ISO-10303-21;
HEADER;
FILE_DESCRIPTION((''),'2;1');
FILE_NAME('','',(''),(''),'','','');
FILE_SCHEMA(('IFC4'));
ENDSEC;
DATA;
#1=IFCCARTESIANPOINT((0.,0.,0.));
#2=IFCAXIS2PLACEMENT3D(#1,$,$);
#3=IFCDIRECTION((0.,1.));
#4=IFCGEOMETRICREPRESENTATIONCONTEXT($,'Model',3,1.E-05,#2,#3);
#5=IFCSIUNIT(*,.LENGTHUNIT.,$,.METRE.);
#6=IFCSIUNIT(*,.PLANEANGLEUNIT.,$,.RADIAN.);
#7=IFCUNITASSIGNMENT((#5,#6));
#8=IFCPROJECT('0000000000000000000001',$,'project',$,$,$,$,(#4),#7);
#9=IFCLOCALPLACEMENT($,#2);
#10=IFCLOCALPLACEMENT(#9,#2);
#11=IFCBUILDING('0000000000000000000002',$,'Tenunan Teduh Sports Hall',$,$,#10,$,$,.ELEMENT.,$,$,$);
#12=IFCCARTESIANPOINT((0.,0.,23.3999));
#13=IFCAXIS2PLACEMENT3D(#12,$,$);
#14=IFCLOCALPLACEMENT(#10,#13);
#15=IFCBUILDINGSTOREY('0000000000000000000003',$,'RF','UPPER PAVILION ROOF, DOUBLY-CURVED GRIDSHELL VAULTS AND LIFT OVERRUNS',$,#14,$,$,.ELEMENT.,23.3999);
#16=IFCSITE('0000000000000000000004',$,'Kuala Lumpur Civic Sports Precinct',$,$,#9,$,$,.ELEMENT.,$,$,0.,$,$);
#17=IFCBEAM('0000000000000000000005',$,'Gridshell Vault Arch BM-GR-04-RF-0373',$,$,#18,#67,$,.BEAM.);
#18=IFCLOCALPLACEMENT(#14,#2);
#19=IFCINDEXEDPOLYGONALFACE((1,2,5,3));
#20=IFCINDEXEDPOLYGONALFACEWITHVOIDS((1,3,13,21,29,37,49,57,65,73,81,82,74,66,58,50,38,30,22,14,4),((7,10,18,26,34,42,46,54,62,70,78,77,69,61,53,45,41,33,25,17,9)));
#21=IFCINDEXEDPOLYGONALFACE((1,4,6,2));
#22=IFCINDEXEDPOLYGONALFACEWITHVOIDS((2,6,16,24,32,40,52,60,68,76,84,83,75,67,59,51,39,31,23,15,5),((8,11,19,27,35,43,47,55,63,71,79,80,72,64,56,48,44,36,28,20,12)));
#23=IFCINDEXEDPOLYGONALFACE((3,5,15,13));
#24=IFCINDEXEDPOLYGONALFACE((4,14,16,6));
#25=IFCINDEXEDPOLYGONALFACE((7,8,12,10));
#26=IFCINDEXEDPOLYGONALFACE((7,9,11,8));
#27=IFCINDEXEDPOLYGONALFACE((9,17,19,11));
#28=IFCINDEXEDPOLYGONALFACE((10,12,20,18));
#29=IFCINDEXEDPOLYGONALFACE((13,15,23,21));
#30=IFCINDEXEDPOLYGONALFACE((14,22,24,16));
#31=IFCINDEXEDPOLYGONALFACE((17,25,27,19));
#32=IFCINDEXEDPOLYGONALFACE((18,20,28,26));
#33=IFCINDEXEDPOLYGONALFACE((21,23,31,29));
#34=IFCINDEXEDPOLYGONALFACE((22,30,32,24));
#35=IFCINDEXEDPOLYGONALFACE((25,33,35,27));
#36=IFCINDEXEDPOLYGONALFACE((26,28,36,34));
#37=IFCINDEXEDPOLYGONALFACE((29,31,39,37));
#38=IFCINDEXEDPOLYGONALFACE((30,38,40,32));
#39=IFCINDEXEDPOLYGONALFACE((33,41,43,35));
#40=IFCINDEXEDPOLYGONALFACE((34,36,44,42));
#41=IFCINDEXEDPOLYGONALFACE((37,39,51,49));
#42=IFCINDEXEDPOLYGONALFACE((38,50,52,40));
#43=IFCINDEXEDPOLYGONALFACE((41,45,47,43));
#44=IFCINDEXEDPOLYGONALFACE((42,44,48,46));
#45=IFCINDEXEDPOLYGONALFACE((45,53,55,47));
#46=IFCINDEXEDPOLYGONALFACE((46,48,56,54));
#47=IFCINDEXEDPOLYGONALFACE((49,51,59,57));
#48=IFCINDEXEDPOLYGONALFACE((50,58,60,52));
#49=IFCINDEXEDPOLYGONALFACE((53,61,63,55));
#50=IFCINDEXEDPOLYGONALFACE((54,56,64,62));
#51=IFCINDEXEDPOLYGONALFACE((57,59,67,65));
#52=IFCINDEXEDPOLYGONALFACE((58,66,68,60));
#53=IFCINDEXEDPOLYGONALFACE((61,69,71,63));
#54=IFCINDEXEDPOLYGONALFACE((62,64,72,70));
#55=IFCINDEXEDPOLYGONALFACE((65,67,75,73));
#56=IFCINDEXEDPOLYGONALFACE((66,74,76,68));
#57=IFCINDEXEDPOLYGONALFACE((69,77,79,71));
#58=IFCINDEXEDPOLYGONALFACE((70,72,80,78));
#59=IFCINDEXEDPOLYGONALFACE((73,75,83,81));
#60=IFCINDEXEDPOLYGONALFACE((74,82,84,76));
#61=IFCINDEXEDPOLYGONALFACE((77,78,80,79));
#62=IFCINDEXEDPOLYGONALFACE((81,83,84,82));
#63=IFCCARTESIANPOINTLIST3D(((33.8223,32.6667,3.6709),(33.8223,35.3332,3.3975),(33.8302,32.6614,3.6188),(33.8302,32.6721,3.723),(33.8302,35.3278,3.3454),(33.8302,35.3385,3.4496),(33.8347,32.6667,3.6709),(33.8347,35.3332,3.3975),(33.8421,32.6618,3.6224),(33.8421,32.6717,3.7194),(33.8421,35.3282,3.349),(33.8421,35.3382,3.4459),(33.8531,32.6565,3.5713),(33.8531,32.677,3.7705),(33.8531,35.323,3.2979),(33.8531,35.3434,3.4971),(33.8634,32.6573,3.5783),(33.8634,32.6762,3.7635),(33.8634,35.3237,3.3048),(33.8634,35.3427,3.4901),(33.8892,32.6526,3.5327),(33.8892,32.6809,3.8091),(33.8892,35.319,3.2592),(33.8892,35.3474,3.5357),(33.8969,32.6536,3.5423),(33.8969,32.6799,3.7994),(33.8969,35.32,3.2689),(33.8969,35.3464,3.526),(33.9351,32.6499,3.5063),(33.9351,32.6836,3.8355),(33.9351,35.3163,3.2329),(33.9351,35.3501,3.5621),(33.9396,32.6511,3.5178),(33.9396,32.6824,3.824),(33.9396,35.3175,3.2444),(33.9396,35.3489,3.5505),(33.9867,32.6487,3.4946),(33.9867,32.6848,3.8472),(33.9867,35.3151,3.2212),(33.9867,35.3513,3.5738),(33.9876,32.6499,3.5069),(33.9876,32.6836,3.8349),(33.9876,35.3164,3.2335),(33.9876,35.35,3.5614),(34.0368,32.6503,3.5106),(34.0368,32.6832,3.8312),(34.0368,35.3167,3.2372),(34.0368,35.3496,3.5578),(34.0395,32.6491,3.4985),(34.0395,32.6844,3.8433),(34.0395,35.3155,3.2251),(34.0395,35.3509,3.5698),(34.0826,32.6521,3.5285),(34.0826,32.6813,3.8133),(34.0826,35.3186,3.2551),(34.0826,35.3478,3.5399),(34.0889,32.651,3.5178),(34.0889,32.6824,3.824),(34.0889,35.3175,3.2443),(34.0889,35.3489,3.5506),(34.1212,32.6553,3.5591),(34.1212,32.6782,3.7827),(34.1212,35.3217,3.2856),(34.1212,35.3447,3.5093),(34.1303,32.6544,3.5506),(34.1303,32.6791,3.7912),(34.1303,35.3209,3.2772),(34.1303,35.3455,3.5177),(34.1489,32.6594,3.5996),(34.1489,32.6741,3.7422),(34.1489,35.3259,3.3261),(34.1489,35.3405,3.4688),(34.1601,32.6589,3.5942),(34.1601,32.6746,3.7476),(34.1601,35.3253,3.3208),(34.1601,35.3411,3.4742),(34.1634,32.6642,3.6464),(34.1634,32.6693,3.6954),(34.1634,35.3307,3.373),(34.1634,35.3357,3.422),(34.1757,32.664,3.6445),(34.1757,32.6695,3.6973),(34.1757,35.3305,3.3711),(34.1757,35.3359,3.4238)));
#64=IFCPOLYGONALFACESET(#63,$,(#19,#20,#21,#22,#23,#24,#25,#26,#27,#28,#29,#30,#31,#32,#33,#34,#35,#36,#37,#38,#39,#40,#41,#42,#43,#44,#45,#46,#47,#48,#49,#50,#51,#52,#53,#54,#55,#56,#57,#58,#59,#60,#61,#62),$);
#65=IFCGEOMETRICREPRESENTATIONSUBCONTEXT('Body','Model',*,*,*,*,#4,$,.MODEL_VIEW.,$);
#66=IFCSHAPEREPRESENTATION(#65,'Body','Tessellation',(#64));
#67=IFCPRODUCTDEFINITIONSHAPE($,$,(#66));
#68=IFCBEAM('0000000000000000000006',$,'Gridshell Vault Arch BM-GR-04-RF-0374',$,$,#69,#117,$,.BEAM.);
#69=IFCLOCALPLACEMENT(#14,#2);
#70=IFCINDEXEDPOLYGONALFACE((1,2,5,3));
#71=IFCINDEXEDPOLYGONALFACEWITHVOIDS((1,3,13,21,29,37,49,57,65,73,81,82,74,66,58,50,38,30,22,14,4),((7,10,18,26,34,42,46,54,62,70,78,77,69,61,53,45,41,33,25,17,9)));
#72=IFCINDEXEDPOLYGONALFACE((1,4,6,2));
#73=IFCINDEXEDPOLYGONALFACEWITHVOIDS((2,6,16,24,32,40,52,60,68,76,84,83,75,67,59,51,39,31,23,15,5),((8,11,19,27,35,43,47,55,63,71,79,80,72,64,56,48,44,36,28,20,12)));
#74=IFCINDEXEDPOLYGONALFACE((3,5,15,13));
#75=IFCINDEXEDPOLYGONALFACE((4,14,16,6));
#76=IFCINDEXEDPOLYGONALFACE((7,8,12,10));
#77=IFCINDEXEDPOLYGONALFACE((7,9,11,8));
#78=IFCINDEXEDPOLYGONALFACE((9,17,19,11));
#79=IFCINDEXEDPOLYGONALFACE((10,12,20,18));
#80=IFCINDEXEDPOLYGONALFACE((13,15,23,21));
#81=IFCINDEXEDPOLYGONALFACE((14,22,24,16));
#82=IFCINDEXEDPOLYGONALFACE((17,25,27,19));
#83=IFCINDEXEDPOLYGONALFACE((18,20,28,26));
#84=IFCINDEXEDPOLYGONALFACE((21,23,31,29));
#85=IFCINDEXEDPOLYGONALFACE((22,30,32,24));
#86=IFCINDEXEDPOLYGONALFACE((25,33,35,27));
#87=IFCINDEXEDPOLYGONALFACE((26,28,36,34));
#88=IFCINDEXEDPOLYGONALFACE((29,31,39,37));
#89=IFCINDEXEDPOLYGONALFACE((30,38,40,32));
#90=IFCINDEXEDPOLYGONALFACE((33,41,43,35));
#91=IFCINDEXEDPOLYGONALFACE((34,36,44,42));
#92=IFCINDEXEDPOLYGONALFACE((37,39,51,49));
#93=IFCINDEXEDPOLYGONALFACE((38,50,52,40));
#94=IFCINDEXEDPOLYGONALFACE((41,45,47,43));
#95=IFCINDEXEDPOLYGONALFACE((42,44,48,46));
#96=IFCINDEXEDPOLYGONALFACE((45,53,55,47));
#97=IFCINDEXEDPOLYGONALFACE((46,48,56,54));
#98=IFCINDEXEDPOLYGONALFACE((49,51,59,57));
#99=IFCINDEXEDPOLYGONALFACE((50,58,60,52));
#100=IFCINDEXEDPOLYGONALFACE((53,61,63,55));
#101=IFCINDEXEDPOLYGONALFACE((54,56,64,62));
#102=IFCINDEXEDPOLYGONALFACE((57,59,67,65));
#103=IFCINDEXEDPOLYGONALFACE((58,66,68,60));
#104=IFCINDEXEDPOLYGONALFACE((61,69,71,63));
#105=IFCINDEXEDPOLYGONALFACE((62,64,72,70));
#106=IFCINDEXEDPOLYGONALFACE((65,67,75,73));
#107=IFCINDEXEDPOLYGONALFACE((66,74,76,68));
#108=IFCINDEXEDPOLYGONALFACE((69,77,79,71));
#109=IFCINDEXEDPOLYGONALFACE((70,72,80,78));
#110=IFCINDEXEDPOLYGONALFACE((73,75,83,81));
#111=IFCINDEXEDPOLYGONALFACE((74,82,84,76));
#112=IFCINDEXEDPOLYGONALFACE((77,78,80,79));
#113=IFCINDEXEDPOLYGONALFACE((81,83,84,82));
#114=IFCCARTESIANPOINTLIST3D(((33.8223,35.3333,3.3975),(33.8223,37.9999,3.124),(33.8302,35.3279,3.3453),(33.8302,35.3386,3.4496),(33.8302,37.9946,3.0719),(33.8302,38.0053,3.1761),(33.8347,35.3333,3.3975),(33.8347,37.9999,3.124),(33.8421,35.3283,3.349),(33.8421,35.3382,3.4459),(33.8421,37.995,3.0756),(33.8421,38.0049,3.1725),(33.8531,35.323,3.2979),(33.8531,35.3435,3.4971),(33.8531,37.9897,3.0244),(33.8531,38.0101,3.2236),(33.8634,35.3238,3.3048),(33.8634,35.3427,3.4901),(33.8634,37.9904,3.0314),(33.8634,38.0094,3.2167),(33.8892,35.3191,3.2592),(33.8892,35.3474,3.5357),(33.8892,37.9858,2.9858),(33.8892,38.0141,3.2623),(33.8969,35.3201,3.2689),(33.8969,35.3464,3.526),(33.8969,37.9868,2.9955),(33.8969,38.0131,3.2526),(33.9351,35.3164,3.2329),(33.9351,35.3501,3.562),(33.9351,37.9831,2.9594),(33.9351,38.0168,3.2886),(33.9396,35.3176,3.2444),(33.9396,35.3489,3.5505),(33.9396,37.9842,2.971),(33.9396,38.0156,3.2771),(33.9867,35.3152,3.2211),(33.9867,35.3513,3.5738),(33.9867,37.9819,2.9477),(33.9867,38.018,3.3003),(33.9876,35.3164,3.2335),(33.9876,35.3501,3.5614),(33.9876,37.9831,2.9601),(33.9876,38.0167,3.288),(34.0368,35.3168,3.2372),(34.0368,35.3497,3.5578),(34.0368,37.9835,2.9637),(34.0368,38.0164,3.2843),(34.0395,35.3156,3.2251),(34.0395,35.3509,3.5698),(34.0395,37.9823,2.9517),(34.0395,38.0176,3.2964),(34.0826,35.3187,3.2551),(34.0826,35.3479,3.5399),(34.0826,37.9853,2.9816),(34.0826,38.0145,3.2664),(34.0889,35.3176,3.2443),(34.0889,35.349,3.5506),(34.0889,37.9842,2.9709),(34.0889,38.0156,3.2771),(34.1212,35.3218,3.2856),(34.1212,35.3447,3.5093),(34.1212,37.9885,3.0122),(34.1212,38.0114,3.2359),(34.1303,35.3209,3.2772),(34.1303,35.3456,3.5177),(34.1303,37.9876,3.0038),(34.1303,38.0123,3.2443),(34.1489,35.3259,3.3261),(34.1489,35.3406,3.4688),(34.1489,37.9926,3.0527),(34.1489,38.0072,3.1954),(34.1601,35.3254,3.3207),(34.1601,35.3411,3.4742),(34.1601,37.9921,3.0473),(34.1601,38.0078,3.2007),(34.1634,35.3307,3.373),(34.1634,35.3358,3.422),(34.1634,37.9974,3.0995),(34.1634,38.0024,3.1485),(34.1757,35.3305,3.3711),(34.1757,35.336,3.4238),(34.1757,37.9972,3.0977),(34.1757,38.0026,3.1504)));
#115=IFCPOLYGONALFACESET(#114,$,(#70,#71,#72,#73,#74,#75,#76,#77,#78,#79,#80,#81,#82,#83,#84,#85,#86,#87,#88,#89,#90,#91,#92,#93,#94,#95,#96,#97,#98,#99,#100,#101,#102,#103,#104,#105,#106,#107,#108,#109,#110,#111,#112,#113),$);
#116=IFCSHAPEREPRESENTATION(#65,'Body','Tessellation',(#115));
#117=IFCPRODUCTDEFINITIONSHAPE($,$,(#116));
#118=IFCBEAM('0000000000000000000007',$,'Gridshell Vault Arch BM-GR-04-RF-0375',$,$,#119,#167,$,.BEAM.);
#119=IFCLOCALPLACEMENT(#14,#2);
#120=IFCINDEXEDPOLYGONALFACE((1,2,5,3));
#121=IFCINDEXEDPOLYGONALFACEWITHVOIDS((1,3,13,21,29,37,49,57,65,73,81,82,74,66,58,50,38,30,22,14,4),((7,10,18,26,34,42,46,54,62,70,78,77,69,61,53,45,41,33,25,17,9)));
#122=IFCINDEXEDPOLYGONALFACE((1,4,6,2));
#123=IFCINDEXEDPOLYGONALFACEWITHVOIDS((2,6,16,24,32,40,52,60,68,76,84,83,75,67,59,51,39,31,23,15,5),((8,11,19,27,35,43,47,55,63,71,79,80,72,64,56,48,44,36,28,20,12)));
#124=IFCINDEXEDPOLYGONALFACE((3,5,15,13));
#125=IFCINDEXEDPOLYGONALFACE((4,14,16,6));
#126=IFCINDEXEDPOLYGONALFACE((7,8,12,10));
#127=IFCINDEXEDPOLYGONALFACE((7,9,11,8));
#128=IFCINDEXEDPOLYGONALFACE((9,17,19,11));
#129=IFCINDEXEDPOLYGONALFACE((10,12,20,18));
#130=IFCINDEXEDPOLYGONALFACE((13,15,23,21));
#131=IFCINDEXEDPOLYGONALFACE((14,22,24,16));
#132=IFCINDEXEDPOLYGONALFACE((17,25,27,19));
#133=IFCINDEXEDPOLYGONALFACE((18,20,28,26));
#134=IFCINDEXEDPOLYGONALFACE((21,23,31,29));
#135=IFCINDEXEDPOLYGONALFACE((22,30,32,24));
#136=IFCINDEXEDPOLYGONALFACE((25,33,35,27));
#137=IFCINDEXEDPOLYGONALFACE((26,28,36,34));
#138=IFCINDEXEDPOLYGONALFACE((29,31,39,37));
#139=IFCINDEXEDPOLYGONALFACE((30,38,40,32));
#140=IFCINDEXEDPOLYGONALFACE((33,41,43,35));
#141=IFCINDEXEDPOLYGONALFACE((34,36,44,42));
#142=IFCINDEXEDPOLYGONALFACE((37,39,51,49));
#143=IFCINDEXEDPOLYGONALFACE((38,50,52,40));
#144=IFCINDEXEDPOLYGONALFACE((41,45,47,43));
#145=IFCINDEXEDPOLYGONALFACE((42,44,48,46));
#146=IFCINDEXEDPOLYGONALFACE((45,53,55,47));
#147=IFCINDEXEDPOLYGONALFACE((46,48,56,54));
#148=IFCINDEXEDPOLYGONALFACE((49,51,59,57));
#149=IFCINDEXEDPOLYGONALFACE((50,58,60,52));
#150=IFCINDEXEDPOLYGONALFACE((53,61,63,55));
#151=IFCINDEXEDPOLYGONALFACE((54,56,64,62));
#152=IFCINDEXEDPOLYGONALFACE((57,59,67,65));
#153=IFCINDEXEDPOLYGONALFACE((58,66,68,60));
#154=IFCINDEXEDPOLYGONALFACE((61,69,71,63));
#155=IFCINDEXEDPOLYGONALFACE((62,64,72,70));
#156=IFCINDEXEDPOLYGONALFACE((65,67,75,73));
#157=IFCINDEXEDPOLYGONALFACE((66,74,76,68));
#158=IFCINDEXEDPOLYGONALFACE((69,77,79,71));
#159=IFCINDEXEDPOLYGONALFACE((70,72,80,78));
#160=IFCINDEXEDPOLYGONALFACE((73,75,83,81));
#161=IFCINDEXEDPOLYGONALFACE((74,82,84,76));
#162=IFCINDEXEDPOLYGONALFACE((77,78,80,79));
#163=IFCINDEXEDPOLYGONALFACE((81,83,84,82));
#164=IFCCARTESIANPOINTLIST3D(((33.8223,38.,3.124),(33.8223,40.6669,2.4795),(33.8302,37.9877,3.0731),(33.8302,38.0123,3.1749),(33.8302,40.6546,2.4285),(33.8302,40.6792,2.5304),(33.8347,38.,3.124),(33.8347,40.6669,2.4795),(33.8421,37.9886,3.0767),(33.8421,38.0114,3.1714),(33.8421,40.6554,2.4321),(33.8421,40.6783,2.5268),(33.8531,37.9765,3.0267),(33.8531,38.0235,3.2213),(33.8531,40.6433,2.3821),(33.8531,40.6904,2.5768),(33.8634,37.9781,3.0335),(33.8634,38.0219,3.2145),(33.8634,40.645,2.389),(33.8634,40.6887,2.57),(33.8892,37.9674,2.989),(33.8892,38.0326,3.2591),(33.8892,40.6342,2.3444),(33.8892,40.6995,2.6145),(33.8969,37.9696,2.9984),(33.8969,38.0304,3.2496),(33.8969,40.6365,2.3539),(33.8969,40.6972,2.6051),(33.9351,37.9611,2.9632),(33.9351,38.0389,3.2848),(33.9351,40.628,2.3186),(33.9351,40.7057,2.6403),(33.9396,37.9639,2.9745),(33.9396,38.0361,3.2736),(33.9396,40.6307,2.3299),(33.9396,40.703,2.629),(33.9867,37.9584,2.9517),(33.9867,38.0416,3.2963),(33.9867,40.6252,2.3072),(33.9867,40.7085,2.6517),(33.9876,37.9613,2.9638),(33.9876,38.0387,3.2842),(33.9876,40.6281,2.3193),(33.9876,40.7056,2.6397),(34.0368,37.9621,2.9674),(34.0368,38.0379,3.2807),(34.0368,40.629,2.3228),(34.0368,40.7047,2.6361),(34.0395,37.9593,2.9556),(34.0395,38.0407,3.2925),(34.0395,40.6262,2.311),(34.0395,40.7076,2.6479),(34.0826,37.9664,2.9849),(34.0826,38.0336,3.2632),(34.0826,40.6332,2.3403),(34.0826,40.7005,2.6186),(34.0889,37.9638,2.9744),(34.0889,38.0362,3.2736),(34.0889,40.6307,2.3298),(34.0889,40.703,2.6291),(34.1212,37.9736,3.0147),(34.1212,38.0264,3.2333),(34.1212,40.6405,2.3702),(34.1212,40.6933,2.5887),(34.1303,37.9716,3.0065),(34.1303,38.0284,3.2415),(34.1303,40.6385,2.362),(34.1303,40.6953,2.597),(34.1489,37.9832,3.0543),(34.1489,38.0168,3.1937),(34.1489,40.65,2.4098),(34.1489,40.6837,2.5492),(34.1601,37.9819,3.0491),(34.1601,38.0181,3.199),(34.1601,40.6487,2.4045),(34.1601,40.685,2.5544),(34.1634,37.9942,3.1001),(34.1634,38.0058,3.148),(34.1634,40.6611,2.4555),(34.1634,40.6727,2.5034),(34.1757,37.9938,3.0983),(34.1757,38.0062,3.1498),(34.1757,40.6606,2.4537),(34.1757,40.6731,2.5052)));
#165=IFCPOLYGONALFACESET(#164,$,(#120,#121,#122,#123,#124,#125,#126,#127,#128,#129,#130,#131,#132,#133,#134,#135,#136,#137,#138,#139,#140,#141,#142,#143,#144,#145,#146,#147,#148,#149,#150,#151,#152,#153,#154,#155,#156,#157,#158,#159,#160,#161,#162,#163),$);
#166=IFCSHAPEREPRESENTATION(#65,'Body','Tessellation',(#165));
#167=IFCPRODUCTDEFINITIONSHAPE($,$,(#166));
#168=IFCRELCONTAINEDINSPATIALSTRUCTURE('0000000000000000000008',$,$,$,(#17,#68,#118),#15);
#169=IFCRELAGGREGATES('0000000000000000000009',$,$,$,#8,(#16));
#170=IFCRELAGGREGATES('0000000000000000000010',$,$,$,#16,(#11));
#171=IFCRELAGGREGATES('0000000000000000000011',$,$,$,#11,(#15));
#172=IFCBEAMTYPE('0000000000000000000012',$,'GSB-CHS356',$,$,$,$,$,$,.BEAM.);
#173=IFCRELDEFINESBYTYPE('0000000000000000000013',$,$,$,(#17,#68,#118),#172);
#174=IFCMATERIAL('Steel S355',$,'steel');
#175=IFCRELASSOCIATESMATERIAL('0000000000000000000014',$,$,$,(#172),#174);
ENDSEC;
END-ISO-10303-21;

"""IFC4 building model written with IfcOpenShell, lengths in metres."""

from ifc_helpers import new_model, si_unit, direction, frame, origin, origin_2d, place, context, subcontext, project, spatial, hollow_circle, extrude, material, material_profile, profile_set, type_object, element, save


model = new_model("IFC4")

# Units and contexts
model_context = context("Model", 3, precision=1e-05, world=origin(), true_north=direction((0.0, 1.0)))
body_context = subcontext(model_context, "Body", "Model", "MODEL_VIEW")
ifc_project = project(units=[si_unit("LENGTHUNIT", "METRE"), si_unit("PLANEANGLEUNIT", "RADIAN")], contexts=[model_context])

# Site, building, storey
site_placement = place(None, origin())
site = spatial("IfcSite", under=ifc_project, at=site_placement, Name="Kuala Lumpur Civic Sports Precinct", CompositionType="ELEMENT", RefElevation=0.0)
building_placement = place(site_placement, origin())
building = spatial("IfcBuilding", under=site, at=building_placement, Name="Tenunan Teduh Sports Hall", CompositionType="ELEMENT")
storey_placement = place(building_placement, frame((0.0, 0.0, 23.3999)))
storey = spatial("IfcBuildingStorey", under=building, at=storey_placement, Name="RF", Description="UPPER PAVILION ROOF, DOUBLY-CURVED GRIDSHELL VAULTS AND LIFT OVERRUNS", CompositionType="ELEMENT", Elevation=23.3999)

# Beams
ifc_material_1 = material(Name="Steel S355", Category="steel")
ifc_material_profile_1 = material_profile(ifc_material_1, hollow_circle(Radius=0.1777, WallThickness=0.0125, at=origin_2d()), Name="CHS 355.6x12.5")
ifc_profile_set_1 = profile_set([ifc_material_profile_1], Name="Steel S355")
beam_type_1 = type_object("IfcBeamType", Name="GSB-CHS356", PredefinedType="BEAM", material=ifc_profile_set_1)
beam_1_placement = place(storey_placement, frame((34.0, 32.6667, 3.6709), z_axis=(0.0, 0.994783, -0.10201), x_axis=(-1.0, 0.0, 0.0)))
element("IfcBeam", 1, at=beam_1_placement, inside=storey, type_object=beam_type_1, Name="Gridshell Vault Arch BM-GR-04-RF-0373", PredefinedType="BEAM", context=body_context, shape_type="SweptSolid", body=[
    extrude(hollow_circle(Radius=0.1777, WallThickness=0.0125, at=origin_2d()), origin(), (0.0, 0.0, 1.0), 2.6804),
])
beam_2_placement = place(storey_placement, frame((34.0, 35.3333, 3.3975), z_axis=(0.0, 0.994784, -0.102001), x_axis=(-1.0, 0.0, 0.0)))
element("IfcBeam", 2, at=beam_2_placement, inside=storey, type_object=beam_type_1, Name="Gridshell Vault Arch BM-GR-04-RF-0374", PredefinedType="BEAM", context=body_context, shape_type="SweptSolid", body=[
    extrude(hollow_circle(Radius=0.1777, WallThickness=0.0125, at=origin_2d()), origin(), (0.0, 0.0, 1.0), 2.6807),
])
beam_3_placement = place(storey_placement, frame((34.0, 38.0, 3.124), z_axis=(0.0, 0.972013, -0.234928), x_axis=(-1.0, 0.0, 0.0)))
element("IfcBeam", 3, at=beam_3_placement, inside=storey, type_object=beam_type_1, Name="Gridshell Vault Arch BM-GR-04-RF-0375", PredefinedType="BEAM", context=body_context, shape_type="SweptSolid", body=[
    extrude(hollow_circle(Radius=0.1777, WallThickness=0.0125, at=origin_2d()), origin(), (0.0, 0.0, 1.0), 2.7437),
])

save(model, "model.ifc")
